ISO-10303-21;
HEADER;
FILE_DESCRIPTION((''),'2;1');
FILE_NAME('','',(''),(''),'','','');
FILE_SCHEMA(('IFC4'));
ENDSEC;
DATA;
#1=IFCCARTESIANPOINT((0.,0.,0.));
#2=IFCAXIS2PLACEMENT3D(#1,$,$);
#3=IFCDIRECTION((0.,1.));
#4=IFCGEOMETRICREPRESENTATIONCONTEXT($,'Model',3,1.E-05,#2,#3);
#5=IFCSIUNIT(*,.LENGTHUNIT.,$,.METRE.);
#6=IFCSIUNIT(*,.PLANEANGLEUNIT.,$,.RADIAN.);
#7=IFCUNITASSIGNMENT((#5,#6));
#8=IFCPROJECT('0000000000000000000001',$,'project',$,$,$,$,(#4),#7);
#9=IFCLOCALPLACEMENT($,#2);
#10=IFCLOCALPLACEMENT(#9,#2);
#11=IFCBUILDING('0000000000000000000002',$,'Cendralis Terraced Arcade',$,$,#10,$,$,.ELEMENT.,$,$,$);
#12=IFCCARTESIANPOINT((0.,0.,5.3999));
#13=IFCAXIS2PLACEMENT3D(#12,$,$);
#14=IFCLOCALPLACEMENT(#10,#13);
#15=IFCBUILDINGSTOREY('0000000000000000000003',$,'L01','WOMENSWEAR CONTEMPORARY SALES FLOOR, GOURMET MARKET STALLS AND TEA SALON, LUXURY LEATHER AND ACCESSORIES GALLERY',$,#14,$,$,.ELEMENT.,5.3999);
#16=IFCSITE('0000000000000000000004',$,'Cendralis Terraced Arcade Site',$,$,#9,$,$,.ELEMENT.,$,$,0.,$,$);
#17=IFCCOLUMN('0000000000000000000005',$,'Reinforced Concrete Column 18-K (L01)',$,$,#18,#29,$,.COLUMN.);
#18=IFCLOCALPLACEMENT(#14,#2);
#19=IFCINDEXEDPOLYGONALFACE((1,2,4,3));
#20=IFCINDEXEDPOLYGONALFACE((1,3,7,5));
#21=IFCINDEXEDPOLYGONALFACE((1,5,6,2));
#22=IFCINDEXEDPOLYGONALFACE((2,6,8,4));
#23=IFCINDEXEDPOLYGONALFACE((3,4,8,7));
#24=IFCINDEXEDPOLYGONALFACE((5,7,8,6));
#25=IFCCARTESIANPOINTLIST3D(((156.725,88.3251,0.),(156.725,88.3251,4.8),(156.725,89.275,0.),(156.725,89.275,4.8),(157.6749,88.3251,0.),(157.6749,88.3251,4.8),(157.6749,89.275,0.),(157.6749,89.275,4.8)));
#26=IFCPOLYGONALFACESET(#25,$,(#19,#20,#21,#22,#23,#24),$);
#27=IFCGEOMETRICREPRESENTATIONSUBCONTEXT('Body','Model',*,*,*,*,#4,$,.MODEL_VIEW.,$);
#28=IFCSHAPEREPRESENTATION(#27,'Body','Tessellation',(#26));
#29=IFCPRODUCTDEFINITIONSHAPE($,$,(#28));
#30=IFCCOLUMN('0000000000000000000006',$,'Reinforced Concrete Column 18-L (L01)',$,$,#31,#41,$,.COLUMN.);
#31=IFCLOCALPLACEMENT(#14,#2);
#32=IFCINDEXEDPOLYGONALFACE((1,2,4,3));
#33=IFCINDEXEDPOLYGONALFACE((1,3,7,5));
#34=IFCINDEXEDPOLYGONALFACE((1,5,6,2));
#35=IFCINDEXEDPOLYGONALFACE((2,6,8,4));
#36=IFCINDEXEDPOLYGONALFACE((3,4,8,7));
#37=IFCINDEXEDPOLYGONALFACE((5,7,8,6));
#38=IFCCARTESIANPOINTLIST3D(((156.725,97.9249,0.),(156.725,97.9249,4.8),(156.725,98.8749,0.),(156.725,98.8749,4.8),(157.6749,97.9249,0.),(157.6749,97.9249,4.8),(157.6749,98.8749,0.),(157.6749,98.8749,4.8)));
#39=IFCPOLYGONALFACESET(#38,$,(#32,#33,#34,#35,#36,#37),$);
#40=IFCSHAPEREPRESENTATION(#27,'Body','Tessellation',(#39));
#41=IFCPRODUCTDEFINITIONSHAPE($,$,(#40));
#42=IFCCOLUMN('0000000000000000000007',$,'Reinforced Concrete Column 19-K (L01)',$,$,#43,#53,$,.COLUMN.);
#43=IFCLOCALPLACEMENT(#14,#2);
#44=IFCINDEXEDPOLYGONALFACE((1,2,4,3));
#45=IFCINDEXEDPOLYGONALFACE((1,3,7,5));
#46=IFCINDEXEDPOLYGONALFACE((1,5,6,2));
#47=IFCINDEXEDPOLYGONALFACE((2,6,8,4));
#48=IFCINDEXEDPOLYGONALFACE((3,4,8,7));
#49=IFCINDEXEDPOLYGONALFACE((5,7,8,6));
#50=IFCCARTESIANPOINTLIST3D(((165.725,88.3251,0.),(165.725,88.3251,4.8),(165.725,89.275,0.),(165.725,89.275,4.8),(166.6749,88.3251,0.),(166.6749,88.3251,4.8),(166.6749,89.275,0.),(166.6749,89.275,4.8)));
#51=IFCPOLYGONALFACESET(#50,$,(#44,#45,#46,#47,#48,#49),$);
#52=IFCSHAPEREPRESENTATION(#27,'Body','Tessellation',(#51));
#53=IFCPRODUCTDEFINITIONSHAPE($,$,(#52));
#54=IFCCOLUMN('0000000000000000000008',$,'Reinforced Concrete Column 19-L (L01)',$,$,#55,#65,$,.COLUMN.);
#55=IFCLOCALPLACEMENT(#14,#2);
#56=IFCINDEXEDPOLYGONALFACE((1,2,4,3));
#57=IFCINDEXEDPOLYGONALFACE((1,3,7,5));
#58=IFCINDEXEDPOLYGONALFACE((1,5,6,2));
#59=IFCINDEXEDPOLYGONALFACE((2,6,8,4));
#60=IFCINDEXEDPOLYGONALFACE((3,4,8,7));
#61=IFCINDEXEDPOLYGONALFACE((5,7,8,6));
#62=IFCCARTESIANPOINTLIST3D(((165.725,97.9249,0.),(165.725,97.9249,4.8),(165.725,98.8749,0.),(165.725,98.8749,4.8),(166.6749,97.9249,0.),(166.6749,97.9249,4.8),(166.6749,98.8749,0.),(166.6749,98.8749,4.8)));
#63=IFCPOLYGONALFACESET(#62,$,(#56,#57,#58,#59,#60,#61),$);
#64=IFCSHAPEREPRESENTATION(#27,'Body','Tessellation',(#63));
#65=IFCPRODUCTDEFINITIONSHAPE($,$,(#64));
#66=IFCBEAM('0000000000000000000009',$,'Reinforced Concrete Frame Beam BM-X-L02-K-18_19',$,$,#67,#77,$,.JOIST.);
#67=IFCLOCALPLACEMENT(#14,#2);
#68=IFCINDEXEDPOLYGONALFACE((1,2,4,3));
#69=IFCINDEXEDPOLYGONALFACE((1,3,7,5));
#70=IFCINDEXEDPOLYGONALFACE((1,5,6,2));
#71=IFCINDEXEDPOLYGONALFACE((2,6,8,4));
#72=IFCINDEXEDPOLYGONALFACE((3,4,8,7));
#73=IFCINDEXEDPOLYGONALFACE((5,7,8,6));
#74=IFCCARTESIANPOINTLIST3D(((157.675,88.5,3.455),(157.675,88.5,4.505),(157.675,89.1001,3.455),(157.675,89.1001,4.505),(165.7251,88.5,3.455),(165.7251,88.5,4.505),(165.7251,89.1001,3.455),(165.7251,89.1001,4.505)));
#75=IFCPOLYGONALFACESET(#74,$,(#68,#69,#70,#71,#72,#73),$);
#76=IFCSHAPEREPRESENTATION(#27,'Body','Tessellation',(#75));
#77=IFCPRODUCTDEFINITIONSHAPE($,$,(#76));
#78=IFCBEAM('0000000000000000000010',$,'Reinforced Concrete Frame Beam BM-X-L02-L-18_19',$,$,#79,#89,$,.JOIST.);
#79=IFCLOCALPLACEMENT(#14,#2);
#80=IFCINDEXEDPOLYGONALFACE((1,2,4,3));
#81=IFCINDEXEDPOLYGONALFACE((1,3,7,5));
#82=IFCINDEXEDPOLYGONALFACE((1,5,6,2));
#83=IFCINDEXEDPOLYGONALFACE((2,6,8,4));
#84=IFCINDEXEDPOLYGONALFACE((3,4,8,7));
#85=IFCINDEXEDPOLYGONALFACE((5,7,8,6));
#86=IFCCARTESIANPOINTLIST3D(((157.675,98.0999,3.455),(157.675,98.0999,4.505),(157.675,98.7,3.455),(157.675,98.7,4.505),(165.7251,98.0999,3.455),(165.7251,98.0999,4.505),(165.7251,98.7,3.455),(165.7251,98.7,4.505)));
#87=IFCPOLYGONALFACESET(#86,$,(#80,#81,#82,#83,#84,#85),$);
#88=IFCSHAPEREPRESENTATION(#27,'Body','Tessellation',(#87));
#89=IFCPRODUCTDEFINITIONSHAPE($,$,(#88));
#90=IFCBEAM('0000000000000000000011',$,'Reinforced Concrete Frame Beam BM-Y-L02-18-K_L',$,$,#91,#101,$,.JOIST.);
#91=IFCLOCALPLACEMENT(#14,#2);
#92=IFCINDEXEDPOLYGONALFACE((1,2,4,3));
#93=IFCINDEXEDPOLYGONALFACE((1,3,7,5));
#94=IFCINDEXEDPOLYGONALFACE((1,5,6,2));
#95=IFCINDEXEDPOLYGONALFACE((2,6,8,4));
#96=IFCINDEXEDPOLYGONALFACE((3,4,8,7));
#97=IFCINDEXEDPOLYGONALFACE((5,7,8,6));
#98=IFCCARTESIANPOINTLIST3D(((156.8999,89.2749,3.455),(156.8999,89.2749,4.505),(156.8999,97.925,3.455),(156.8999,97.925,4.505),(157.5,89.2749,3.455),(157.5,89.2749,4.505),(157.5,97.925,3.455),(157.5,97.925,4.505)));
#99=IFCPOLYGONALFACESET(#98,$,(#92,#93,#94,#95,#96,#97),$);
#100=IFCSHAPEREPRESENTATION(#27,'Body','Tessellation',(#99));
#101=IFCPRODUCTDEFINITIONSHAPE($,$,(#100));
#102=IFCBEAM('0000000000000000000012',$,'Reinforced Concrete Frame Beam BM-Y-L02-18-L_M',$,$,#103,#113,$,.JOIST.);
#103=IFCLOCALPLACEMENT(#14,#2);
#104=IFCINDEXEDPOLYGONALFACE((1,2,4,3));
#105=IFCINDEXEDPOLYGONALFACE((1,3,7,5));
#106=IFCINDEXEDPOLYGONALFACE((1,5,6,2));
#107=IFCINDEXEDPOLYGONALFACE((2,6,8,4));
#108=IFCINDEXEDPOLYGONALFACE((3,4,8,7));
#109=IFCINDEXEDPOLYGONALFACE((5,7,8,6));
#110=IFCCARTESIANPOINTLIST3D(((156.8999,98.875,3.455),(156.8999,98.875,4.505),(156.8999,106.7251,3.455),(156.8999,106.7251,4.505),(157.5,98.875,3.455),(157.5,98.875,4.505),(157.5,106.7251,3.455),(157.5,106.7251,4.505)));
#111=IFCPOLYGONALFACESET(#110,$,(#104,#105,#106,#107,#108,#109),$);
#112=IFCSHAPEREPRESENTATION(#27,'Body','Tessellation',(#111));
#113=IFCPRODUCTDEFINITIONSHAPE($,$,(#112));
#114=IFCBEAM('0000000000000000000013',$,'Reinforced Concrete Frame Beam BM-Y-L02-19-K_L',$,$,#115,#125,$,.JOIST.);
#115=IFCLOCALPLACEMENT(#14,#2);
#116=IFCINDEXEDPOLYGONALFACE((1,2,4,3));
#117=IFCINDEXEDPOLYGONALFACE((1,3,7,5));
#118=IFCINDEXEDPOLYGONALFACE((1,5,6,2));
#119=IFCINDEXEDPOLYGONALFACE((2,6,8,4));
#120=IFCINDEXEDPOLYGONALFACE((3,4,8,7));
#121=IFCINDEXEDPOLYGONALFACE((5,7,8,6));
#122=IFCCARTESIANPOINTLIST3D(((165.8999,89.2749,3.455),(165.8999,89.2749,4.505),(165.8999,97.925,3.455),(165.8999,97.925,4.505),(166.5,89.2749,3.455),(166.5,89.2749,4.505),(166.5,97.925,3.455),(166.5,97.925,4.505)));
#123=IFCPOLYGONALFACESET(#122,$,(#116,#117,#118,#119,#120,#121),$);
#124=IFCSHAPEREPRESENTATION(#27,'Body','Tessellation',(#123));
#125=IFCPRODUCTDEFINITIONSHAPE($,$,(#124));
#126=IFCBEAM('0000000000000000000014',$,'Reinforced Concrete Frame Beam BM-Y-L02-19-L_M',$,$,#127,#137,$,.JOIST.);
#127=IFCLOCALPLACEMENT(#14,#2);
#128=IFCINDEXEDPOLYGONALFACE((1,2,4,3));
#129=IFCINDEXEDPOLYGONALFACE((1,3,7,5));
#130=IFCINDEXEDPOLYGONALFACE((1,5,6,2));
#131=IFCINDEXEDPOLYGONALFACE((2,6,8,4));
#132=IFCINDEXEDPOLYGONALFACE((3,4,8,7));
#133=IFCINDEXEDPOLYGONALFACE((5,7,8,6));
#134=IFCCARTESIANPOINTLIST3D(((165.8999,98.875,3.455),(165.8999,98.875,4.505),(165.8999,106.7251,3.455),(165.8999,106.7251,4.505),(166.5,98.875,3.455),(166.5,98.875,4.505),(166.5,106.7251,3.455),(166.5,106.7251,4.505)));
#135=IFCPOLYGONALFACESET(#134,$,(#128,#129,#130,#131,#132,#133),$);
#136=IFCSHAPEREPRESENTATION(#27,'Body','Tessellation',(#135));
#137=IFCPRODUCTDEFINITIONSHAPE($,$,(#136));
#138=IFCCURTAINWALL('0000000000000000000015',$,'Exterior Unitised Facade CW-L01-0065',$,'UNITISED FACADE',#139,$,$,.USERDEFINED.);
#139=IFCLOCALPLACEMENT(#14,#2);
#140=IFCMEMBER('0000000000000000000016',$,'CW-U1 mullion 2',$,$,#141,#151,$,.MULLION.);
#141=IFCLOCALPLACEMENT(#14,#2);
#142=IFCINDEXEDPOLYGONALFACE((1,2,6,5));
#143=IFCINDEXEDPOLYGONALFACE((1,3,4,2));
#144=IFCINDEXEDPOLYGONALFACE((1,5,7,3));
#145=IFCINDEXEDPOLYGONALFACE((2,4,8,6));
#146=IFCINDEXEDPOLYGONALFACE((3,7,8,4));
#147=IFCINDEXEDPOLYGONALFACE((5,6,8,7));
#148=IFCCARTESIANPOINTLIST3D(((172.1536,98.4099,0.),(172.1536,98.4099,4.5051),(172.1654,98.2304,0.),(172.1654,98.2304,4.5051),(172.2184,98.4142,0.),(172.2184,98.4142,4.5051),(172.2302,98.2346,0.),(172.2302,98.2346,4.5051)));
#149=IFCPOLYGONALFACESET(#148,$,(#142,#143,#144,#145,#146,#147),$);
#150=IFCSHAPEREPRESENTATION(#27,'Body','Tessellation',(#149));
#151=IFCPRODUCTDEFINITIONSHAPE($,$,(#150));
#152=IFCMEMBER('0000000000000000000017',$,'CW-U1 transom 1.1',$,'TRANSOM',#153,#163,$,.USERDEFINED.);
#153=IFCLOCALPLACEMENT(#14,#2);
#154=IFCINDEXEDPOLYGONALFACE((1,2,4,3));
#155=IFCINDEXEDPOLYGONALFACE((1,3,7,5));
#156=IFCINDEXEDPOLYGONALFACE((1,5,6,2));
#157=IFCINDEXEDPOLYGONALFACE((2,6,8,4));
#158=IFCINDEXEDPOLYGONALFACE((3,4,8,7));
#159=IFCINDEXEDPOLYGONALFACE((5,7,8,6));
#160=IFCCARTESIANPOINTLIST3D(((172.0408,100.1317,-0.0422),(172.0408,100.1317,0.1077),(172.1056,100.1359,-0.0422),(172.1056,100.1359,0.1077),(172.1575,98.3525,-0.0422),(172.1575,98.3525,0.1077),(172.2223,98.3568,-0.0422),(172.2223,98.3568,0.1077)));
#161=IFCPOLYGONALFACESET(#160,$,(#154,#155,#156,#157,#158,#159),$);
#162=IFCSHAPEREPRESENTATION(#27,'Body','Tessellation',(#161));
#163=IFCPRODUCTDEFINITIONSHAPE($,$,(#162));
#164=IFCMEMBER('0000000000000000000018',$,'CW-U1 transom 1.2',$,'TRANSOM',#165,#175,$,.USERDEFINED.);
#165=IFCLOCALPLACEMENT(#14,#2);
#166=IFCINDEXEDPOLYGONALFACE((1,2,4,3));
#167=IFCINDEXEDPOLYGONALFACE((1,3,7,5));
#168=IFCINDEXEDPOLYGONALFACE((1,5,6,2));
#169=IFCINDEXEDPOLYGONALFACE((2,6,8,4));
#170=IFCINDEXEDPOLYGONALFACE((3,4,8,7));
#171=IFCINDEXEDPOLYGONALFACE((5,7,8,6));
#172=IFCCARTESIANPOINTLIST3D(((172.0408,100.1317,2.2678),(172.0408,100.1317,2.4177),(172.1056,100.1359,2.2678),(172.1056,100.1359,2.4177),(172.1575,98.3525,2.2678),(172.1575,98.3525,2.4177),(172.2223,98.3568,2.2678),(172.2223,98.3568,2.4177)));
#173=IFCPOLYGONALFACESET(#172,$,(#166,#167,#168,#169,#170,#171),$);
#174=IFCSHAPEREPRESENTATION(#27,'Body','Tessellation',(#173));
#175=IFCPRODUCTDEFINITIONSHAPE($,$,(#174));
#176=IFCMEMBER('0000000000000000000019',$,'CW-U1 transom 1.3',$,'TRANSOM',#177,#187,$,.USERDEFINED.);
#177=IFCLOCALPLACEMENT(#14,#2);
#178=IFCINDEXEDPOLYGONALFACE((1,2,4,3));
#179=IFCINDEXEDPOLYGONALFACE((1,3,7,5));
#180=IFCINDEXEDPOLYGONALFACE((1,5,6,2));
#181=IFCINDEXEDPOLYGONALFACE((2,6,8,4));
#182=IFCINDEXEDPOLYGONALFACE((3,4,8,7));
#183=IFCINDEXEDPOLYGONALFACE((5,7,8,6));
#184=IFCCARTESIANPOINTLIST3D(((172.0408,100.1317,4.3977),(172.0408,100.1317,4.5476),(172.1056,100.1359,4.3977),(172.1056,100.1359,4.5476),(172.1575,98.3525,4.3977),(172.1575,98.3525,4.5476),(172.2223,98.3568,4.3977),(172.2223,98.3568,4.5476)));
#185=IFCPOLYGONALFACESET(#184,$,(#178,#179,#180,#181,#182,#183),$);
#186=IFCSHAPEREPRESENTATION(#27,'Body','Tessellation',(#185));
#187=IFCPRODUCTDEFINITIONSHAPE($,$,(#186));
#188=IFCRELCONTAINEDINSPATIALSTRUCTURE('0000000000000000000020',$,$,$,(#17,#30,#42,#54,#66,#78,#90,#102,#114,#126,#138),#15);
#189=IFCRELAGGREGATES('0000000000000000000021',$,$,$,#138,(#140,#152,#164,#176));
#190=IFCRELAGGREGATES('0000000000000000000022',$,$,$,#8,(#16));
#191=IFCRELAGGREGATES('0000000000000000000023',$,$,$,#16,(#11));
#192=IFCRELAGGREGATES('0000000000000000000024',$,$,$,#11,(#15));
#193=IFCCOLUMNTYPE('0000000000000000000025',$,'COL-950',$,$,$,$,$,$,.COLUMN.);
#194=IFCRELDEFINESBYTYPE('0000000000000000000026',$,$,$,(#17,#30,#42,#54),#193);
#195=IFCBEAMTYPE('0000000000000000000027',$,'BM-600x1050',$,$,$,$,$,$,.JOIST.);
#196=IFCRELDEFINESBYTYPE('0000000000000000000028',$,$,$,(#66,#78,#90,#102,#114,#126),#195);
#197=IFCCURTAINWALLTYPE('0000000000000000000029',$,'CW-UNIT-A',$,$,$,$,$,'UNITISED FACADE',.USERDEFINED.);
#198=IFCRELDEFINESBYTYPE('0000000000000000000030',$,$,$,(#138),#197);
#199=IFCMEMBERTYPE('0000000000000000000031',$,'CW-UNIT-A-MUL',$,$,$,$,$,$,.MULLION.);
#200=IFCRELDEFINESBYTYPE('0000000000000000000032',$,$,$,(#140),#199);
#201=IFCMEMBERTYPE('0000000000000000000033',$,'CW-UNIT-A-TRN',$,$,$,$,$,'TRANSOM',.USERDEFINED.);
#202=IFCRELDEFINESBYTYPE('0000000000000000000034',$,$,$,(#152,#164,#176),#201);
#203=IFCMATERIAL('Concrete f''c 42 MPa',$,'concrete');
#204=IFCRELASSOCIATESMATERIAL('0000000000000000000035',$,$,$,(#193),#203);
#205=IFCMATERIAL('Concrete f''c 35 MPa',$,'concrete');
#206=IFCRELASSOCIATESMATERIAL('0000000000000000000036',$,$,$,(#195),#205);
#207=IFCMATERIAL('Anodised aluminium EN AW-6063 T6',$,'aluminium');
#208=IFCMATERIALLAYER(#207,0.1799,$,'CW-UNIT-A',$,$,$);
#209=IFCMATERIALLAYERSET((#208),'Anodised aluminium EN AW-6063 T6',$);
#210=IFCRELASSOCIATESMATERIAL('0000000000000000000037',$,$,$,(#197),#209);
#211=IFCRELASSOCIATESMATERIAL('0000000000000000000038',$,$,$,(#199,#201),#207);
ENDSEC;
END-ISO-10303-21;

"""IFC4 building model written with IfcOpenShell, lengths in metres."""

from ifc_helpers import new_model, si_unit, direction, frame, origin, origin_2d, place, context, subcontext, project, spatial, rectangle, extrude, material, layer, layer_set, material_profile, profile_set, type_object, element, aggregate, save


model = new_model("IFC4")

# Units and contexts
model_context = context("Model", 3, precision=1e-05, world=origin(), true_north=direction((0.0, 1.0)))
body_context = subcontext(model_context, "Body", "Model", "MODEL_VIEW")
ifc_project = project(units=[si_unit("LENGTHUNIT", "METRE"), si_unit("PLANEANGLEUNIT", "RADIAN")], contexts=[model_context])

# Site, building, storey
site_placement = place(None, origin())
site = spatial("IfcSite", under=ifc_project, at=site_placement, Name="Cendralis Terraced Arcade Site", CompositionType="ELEMENT", RefElevation=0.0)
building_placement = place(site_placement, origin())
building = spatial("IfcBuilding", under=site, at=building_placement, Name="Cendralis Terraced Arcade", CompositionType="ELEMENT")
storey_placement = place(building_placement, frame((0.0, 0.0, 5.3999)))
storey = spatial("IfcBuildingStorey", under=building, at=storey_placement, Name="L01", Description="WOMENSWEAR CONTEMPORARY SALES FLOOR, GOURMET MARKET STALLS AND TEA SALON, LUXURY LEATHER AND ACCESSORIES GALLERY", CompositionType="ELEMENT", Elevation=5.3999)

# Columns
ifc_material_1 = material(Name="Concrete f'c 42 MPa", Category="concrete")
ifc_material_profile_1 = material_profile(ifc_material_1, rectangle(XDim=0.95, YDim=0.95, at=origin_2d()), Name="RC-COL-950x950", Category="LoadBearing")
ifc_profile_set_1 = profile_set([ifc_material_profile_1], Name="Concrete f'c 42 MPa")
column_type = type_object("IfcColumnType", Name="COL-950", PredefinedType="COLUMN", material=ifc_profile_set_1)
for number, where, z_axis, x_axis, name in (
    (1, (157.2, 88.8, 0.0), (0.0, 0.0, 1.0), (1.0, 0.0, 0.0), "Reinforced Concrete Column 18-K (L01)"),
    (2, (157.2, 98.3999, 0.0), (0.0, 0.0, 1.0), (1.0, 0.0, 0.0), "Reinforced Concrete Column 18-L (L01)"),
    (3, (166.2, 88.8, 0.0), (0.0, 0.0, 1.0), (1.0, 0.0, 0.0), "Reinforced Concrete Column 19-K (L01)"),
    (4, (166.2, 98.3999, 0.0), (0.0, 0.0, 1.0), (1.0, 0.0, 0.0), "Reinforced Concrete Column 19-L (L01)"),
):
    element("IfcColumn", number, at=place(storey_placement, frame(where, z_axis=z_axis, x_axis=x_axis)), inside=storey, type_object=column_type, Name=name, PredefinedType="COLUMN", context=body_context, shape_type="SweptSolid", body=[
        extrude(rectangle(XDim=0.95, YDim=0.95, at=origin_2d()), origin(), (0.0, 0.0, 1.0), 4.8),
    ])

# Beams
ifc_material_2 = material(Name="Concrete f'c 35 MPa", Category="concrete")
ifc_material_profile_2 = material_profile(ifc_material_2, rectangle(XDim=0.6001, YDim=1.05, at=origin_2d()), Name="RC-BM-600x1050", Category="LoadBearing")
ifc_profile_set_2 = profile_set([ifc_material_profile_2], Name="Concrete f'c 35 MPa")
beam_type = type_object("IfcBeamType", Name="BM-600x1050", PredefinedType="JOIST", material=ifc_profile_set_2)
for number, where, z_axis, x_axis, name in (
    (5, (157.675, 88.8, 3.98), (1.0, 0.0, 0.0), (0.0, 1.0, 0.0), "Reinforced Concrete Frame Beam BM-X-L02-K-18_19"),
    (6, (157.675, 98.3999, 3.98), (1.0, 0.0, 0.0), (0.0, 1.0, 0.0), "Reinforced Concrete Frame Beam BM-X-L02-L-18_19"),
):
    element("IfcBeam", number, at=place(storey_placement, frame(where, z_axis=z_axis, x_axis=x_axis)), inside=storey, type_object=beam_type, Name=name, PredefinedType="JOIST", context=body_context, shape_type="SweptSolid", body=[
        extrude(rectangle(XDim=0.6001, YDim=1.05, at=origin_2d()), origin(), (0.0, 0.0, 1.0), 8.05),
    ])
beam_1_placement = place(storey_placement, frame((157.2, 89.2749, 3.98), z_axis=(0.0, 1.0, 0.0), x_axis=(-1.0, 0.0, 0.0)))
element("IfcBeam", 7, at=beam_1_placement, inside=storey, type_object=beam_type, Name="Reinforced Concrete Frame Beam BM-Y-L02-18-K_L", PredefinedType="JOIST", context=body_context, shape_type="SweptSolid", body=[
    extrude(rectangle(XDim=0.6001, YDim=1.05, at=origin_2d()), origin(), (0.0, 0.0, 1.0), 8.6501),
])
beam_2_placement = place(storey_placement, frame((157.2, 98.875, 3.98), z_axis=(0.0, 1.0, 0.0), x_axis=(-1.0, 0.0, 0.0)))
element("IfcBeam", 8, at=beam_2_placement, inside=storey, type_object=beam_type, Name="Reinforced Concrete Frame Beam BM-Y-L02-18-L_M", PredefinedType="JOIST", context=body_context, shape_type="SweptSolid", body=[
    extrude(rectangle(XDim=0.6001, YDim=1.05, at=origin_2d()), origin(), (0.0, 0.0, 1.0), 7.8501),
])
beam_3_placement = place(storey_placement, frame((166.2, 89.2749, 3.98), z_axis=(0.0, 1.0, 0.0), x_axis=(-1.0, 0.0, 0.0)))
element("IfcBeam", 9, at=beam_3_placement, inside=storey, type_object=beam_type, Name="Reinforced Concrete Frame Beam BM-Y-L02-19-K_L", PredefinedType="JOIST", context=body_context, shape_type="SweptSolid", body=[
    extrude(rectangle(XDim=0.6001, YDim=1.05, at=origin_2d()), origin(), (0.0, 0.0, 1.0), 8.6501),
])
beam_4_placement = place(storey_placement, frame((166.2, 98.875, 3.98), z_axis=(0.0, 1.0, 0.0), x_axis=(-1.0, 0.0, 0.0)))
element("IfcBeam", 10, at=beam_4_placement, inside=storey, type_object=beam_type, Name="Reinforced Concrete Frame Beam BM-Y-L02-19-L_M", PredefinedType="JOIST", context=body_context, shape_type="SweptSolid", body=[
    extrude(rectangle(XDim=0.6001, YDim=1.05, at=origin_2d()), origin(), (0.0, 0.0, 1.0), 7.8501),
])

# Curtain wall, members
ifc_material_3 = material(Name="Anodised aluminium EN AW-6063 T6", Category="aluminium")
ifc_layer_1 = layer(ifc_material_3, 0.1799, Name="CW-UNIT-A")
ifc_layer_set_1 = layer_set([ifc_layer_1], Name="Anodised aluminium EN AW-6063 T6")
curtain_wall_type = type_object("IfcCurtainWallType", Name="CW-UNIT-A", ElementType="UNITISED FACADE", PredefinedType="USERDEFINED", material=ifc_layer_set_1)
curtain_wall_placement = place(storey_placement, origin())
curtain_wall = element("IfcCurtainWall", 11, at=curtain_wall_placement, inside=storey, type_object=curtain_wall_type, Name="Exterior Unitised Facade CW-L01-0065", ObjectType="UNITISED FACADE", PredefinedType="USERDEFINED")
ifc_material_profile_3 = material_profile(ifc_material_3, rectangle(XDim=0.0649, YDim=0.1799, at=origin_2d()), Name="ALU-MUL-65x180")
ifc_profile_set_3 = profile_set([ifc_material_profile_3], Name="Anodised aluminium EN AW-6063 T6")
member_type_1 = type_object("IfcMemberType", Name="CW-UNIT-A-MUL", PredefinedType="MULLION", material=ifc_profile_set_3)
member_1_placement = place(storey_placement, frame((172.1919, 98.3223, 0.0), z_axis=(0.0, 0.0, 1.0), x_axis=(0.997859, 0.065398, 0.0)))
member_1 = element("IfcMember", 12, at=member_1_placement, type_object=member_type_1, Name="CW-U1 mullion 2", PredefinedType="MULLION", context=body_context, shape_type="SweptSolid", body=[
    extrude(rectangle(XDim=0.0649, YDim=0.1799, at=origin_2d()), origin(), (0.0, 0.0, 1.0), 4.5051),
])
ifc_material_profile_4 = material_profile(ifc_material_3, rectangle(XDim=0.0649, YDim=0.1499, at=origin_2d()), Name="ALU-TRN-65x150")
ifc_profile_set_4 = profile_set([ifc_material_profile_4], Name="Anodised aluminium EN AW-6063 T6")
member_type_2 = type_object("IfcMemberType", Name="CW-UNIT-A-TRN", ElementType="TRANSOM", PredefinedType="USERDEFINED", material=ifc_profile_set_4)
member_2_placement = place(storey_placement, frame((172.0732, 100.1338, 0.0327), z_axis=(0.065456, -0.997855, 0.0), x_axis=(0.997855, 0.065456, 0.0)))
member_2 = element("IfcMember", 13, at=member_2_placement, type_object=member_type_2, Name="CW-U1 transom 1.1", ObjectType="TRANSOM", PredefinedType="USERDEFINED", context=body_context, shape_type="SweptSolid", body=[
    extrude(rectangle(XDim=0.0649, YDim=0.1499, at=origin_2d()), origin(), (0.0, 0.0, 1.0), 1.783),
])
member_3_placement = place(storey_placement, frame((172.0732, 100.1338, 2.3428), z_axis=(0.065456, -0.997855, 0.0), x_axis=(0.997855, 0.065456, 0.0)))
member_3 = element("IfcMember", 14, at=member_3_placement, type_object=member_type_2, Name="CW-U1 transom 1.2", ObjectType="TRANSOM", PredefinedType="USERDEFINED", context=body_context, shape_type="SweptSolid", body=[
    extrude(rectangle(XDim=0.0649, YDim=0.1499, at=origin_2d()), origin(), (0.0, 0.0, 1.0), 1.783),
])
member_4_placement = place(storey_placement, frame((172.0732, 100.1338, 4.4727), z_axis=(0.065456, -0.997855, 0.0), x_axis=(0.997855, 0.065456, 0.0)))
member_4 = element("IfcMember", 15, at=member_4_placement, type_object=member_type_2, Name="CW-U1 transom 1.3", ObjectType="TRANSOM", PredefinedType="USERDEFINED", context=body_context, shape_type="SweptSolid", body=[
    extrude(rectangle(XDim=0.0649, YDim=0.1499, at=origin_2d()), origin(), (0.0, 0.0, 1.0), 1.783),
])

aggregate(curtain_wall, [member_1, member_2, member_3, member_4])

save(model, "model.ifc")
